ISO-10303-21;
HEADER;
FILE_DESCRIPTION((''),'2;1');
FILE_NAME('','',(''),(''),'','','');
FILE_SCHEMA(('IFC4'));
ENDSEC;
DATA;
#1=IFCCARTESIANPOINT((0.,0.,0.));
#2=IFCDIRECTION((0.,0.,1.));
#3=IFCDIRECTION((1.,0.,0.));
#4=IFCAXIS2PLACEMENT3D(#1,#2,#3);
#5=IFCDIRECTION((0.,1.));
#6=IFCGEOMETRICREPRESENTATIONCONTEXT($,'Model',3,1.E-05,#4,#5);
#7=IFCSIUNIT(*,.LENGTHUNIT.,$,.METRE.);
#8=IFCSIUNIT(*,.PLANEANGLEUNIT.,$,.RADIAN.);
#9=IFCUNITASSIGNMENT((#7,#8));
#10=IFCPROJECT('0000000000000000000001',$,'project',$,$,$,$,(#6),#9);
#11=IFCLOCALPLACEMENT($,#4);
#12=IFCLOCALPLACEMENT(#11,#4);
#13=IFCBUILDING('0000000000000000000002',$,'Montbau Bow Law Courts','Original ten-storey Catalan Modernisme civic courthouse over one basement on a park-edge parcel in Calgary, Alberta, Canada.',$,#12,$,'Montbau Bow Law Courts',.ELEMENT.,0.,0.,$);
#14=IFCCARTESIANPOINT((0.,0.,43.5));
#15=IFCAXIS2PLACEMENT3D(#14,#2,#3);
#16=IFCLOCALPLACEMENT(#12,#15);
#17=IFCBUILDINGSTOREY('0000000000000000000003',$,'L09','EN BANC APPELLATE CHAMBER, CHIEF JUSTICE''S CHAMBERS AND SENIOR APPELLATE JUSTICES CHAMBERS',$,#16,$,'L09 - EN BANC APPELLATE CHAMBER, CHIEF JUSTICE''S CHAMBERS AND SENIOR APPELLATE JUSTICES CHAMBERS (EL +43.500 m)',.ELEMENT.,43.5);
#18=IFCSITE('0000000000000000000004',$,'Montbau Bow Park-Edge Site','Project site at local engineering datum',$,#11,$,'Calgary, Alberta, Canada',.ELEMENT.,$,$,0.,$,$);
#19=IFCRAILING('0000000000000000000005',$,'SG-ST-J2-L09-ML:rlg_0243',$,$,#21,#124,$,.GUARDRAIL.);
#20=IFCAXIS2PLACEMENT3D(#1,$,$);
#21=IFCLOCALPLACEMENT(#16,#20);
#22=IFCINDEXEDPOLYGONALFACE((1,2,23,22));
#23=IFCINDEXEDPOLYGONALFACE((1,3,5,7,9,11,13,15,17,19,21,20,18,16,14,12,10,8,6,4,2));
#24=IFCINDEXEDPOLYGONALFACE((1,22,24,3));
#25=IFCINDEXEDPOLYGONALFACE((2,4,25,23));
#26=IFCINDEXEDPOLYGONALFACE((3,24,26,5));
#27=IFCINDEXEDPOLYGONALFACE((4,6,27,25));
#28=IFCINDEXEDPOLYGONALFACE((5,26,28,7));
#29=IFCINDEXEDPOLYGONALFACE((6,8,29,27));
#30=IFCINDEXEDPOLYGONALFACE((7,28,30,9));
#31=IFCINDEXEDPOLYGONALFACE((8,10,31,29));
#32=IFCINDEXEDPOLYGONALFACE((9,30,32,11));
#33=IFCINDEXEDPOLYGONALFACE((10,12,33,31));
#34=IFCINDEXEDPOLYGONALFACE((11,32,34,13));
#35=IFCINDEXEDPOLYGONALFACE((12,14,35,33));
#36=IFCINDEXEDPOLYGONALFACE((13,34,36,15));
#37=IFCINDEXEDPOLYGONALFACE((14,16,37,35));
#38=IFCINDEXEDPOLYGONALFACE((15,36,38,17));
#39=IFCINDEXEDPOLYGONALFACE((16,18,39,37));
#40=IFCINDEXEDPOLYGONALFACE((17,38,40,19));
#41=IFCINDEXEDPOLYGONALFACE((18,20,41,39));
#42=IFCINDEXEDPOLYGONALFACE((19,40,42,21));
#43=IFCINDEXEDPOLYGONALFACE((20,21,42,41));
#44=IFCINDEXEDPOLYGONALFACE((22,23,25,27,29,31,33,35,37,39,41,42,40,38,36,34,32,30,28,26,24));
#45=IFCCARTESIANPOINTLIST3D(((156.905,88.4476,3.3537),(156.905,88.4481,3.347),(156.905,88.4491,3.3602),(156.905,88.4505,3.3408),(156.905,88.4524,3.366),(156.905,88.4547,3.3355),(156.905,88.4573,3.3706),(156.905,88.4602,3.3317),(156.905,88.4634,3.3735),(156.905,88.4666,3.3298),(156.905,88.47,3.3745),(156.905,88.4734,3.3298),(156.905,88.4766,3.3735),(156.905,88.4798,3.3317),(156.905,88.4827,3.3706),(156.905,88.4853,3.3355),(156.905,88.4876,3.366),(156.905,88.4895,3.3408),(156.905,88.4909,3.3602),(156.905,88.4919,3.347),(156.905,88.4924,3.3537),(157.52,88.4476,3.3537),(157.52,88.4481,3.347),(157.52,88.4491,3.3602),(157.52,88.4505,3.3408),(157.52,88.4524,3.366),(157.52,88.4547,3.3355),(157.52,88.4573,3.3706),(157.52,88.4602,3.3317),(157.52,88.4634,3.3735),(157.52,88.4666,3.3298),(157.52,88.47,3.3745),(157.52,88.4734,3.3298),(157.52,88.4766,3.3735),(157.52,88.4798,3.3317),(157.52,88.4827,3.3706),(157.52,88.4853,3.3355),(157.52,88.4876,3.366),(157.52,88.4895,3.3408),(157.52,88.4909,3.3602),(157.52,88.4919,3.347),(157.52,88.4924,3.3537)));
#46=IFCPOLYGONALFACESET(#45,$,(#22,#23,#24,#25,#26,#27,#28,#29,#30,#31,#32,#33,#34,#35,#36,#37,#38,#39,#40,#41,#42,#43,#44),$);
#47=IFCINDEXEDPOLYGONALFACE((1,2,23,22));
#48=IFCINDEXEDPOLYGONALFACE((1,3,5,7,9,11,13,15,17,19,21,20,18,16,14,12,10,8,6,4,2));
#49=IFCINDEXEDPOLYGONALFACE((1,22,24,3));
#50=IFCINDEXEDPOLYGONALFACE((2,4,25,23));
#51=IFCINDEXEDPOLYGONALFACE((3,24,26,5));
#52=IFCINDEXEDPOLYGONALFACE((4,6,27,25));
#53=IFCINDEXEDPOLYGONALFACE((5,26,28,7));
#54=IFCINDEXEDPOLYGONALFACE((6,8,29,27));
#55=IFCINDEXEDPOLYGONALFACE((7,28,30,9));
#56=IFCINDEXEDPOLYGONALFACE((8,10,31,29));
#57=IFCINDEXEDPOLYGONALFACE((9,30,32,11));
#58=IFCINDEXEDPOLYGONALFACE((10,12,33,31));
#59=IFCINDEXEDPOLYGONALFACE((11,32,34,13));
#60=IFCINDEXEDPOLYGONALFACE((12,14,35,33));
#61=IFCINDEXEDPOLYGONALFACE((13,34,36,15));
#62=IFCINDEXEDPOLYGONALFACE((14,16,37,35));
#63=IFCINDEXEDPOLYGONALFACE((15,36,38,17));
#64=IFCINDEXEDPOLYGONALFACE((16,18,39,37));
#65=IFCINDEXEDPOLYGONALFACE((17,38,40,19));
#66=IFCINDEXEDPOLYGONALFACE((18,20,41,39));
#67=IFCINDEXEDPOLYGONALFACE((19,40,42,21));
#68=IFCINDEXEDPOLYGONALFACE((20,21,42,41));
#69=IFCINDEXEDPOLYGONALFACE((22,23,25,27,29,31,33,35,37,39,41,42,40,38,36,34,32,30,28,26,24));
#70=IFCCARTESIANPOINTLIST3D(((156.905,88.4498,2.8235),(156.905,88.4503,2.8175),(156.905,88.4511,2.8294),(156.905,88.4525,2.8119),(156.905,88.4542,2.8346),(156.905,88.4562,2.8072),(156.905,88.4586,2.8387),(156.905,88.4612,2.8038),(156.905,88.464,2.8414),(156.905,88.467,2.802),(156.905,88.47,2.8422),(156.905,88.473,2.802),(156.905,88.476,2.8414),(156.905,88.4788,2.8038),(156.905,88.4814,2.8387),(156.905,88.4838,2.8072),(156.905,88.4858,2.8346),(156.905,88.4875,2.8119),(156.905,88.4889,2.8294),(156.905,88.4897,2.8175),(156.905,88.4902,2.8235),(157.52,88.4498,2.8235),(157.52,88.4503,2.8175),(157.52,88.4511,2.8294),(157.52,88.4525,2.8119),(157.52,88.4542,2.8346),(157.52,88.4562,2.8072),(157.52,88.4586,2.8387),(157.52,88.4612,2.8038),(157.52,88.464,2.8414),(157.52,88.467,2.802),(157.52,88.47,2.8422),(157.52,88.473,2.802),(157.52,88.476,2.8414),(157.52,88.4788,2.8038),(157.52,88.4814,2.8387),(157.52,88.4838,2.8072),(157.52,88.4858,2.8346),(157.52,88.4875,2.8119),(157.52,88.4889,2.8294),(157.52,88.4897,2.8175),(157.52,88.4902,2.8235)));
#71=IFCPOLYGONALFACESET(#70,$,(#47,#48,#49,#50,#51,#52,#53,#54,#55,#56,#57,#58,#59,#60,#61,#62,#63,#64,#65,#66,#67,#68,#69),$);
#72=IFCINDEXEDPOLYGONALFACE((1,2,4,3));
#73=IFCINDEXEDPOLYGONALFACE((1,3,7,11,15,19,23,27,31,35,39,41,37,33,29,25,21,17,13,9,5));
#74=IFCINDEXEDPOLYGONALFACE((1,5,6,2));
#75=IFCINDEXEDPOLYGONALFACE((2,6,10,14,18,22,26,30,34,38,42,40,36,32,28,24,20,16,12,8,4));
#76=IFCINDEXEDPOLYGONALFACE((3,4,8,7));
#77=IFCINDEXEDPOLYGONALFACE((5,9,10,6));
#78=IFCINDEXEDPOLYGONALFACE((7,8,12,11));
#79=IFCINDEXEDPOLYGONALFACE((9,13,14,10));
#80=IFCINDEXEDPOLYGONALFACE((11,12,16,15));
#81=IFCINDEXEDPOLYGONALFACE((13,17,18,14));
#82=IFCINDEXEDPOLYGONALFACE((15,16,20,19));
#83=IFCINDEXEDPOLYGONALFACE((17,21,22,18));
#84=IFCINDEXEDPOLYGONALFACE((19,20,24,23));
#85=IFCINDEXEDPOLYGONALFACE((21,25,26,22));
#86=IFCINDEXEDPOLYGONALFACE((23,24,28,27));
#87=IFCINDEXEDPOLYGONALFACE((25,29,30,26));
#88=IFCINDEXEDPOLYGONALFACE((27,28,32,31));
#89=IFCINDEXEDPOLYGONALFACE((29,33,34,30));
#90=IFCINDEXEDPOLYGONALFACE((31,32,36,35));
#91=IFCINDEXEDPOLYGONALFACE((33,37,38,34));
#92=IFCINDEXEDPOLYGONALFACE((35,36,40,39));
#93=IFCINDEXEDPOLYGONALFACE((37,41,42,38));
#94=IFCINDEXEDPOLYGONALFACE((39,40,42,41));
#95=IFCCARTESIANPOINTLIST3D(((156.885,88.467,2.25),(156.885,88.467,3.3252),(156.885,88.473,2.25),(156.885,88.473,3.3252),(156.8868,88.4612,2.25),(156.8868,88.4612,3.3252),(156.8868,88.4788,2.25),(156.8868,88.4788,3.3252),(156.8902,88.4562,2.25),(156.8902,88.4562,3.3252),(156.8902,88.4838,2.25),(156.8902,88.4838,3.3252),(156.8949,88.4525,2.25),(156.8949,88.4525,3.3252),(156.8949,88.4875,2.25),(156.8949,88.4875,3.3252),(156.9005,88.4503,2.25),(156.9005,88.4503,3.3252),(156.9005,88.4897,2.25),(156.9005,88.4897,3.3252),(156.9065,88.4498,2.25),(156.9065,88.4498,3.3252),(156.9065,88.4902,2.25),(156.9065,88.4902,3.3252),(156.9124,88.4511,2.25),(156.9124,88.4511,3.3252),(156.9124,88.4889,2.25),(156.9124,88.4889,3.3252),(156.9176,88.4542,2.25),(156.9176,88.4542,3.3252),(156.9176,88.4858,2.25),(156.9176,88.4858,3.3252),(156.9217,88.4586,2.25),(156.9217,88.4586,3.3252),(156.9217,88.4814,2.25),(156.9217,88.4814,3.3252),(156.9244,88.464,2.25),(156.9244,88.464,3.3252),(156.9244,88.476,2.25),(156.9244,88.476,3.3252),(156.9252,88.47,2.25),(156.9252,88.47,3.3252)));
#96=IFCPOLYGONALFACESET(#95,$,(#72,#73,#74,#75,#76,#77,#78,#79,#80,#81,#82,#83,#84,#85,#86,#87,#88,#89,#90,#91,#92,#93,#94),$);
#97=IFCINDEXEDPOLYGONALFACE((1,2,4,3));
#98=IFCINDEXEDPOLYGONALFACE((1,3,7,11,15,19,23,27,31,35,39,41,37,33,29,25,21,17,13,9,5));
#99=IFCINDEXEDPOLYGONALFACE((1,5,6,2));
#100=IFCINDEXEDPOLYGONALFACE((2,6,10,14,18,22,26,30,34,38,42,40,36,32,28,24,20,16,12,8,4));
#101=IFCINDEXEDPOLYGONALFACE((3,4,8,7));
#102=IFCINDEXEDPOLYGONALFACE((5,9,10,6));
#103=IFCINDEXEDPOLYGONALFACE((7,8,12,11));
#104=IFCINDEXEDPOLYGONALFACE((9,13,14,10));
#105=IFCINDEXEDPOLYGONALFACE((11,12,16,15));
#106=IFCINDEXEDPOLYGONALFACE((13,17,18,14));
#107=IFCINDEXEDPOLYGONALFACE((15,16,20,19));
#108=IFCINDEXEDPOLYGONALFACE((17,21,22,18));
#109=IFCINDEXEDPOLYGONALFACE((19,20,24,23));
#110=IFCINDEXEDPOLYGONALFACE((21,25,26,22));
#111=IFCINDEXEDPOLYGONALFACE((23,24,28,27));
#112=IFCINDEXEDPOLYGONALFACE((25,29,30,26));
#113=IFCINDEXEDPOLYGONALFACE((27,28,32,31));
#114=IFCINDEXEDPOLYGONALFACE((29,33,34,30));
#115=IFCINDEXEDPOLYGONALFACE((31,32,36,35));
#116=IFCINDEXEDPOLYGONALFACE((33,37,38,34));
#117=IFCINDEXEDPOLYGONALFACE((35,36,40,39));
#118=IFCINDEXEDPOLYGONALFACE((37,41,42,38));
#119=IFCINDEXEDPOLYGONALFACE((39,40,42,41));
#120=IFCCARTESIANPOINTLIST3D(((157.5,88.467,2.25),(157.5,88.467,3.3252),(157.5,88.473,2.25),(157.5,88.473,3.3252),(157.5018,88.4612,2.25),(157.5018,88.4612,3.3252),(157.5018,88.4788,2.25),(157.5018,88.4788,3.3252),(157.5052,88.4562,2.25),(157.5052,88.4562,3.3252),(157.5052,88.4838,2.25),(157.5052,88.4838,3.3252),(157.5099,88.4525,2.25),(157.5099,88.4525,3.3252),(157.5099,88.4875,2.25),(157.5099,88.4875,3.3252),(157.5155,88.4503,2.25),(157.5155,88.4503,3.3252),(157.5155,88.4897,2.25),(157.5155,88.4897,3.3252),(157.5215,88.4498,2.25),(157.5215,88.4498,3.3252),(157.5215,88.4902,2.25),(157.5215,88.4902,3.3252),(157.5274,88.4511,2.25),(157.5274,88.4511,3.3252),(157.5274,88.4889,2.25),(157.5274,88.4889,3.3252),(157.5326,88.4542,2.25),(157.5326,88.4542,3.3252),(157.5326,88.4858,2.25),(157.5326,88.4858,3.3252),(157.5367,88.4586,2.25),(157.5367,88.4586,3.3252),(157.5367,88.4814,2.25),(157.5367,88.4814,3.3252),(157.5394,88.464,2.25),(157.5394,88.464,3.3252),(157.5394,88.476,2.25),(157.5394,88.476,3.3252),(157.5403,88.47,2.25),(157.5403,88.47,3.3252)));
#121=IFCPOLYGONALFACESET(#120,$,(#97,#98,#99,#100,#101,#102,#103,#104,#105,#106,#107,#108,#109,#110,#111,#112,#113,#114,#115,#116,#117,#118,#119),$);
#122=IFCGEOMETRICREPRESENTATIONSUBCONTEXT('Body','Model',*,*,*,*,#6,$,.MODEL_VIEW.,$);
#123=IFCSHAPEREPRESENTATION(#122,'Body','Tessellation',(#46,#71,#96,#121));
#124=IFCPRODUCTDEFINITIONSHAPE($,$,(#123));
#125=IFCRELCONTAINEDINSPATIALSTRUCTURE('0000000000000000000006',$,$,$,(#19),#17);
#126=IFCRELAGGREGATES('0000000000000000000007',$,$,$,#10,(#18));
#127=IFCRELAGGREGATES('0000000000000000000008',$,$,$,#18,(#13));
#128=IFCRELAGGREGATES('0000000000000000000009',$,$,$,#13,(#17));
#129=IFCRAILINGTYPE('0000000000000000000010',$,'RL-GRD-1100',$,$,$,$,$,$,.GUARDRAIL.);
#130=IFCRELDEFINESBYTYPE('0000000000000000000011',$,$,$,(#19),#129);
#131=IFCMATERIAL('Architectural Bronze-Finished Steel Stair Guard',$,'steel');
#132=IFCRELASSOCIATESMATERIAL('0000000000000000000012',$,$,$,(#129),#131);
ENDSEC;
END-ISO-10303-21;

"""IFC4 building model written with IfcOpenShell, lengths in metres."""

from ifc_helpers import new_model, si_unit, direction, frame, origin_with_axes, origin_2d_with_axis, place, context, subcontext, project, spatial, circle, extrude, material, type_object, element, save


model = new_model("IFC4")

# Units and contexts
model_context = context("Model", 3, precision=1e-05, world=origin_with_axes(), true_north=direction((0.0, 1.0)))
body_context = subcontext(model_context, "Body", "Model", "MODEL_VIEW")
ifc_project = project(units=[si_unit("LENGTHUNIT", "METRE"), si_unit("PLANEANGLEUNIT", "RADIAN")], contexts=[model_context])

# Site, building, storey
site_placement = place(None, origin_with_axes())
site = spatial("IfcSite", under=ifc_project, at=site_placement, Name="Montbau Bow Park-Edge Site", Description="Project site at local engineering datum", LongName="Calgary, Alberta, Canada", CompositionType="ELEMENT", RefElevation=0.0)
building_placement = place(site_placement, origin_with_axes())
building = spatial("IfcBuilding", under=site, at=building_placement, Name="Montbau Bow Law Courts", Description="Original ten-storey Catalan Modernisme civic courthouse over one basement on a park-edge parcel in Calgary, Alberta, Canada.", LongName="Montbau Bow Law Courts", CompositionType="ELEMENT", ElevationOfRefHeight=0.0, ElevationOfTerrain=0.0)
storey_placement = place(building_placement, frame((0.0, 0.0, 43.5), z_axis=(0.0, 0.0, 1.0), x_axis=(1.0, 0.0, 0.0)))
storey = spatial("IfcBuildingStorey", under=building, at=storey_placement, Name="L09", Description="EN BANC APPELLATE CHAMBER, CHIEF JUSTICE'S CHAMBERS AND SENIOR APPELLATE JUSTICES CHAMBERS", LongName="L09 - EN BANC APPELLATE CHAMBER, CHIEF JUSTICE'S CHAMBERS AND SENIOR APPELLATE JUSTICES CHAMBERS (EL +43.500 m)", CompositionType="ELEMENT", Elevation=43.5)

# Railing
ifc_material_1 = material(Name="Architectural Bronze-Finished Steel Stair Guard", Category="steel")
railing_type_1 = type_object("IfcRailingType", Name="RL-GRD-1100", PredefinedType="GUARDRAIL", material=ifc_material_1)
railing_1_placement = place(None, origin_with_axes())
element("IfcRailing", 1, at=railing_1_placement, inside=storey, type_object=railing_type_1, Name="SG-ST-J2-L09-ML:rlg_0243", PredefinedType="GUARDRAIL", context=body_context, shape_type="SweptSolid", body=[
    extrude(circle(Radius=0.0225, at=origin_2d_with_axis()), frame((156.905, 88.47, 46.852), z_axis=(1.0, 0.0, 0.0), x_axis=(0.0, 0.0, 1.0)), (0.0, 0.0, 1.0), 0.615),
    extrude(circle(Radius=0.0203, at=origin_2d_with_axis()), frame((156.905, 88.47, 46.322), z_axis=(1.0, 0.0, 0.0), x_axis=(0.0, 0.0, 1.0)), (0.0, 0.0, 1.0), 0.615),
    extrude(circle(Radius=0.0203, at=origin_2d_with_axis()), frame((156.905, 88.47, 45.75), z_axis=(0.0, 0.0, 1.0), x_axis=(1.0, 0.0, 0.0)), (0.0, 0.0, 1.0), 1.0753),
    extrude(circle(Radius=0.0203, at=origin_2d_with_axis()), frame((157.52, 88.47, 45.75), z_axis=(0.0, 0.0, 1.0), x_axis=(1.0, 0.0, 0.0)), (0.0, 0.0, 1.0), 1.0753),
])

save(model, "model.ifc")
